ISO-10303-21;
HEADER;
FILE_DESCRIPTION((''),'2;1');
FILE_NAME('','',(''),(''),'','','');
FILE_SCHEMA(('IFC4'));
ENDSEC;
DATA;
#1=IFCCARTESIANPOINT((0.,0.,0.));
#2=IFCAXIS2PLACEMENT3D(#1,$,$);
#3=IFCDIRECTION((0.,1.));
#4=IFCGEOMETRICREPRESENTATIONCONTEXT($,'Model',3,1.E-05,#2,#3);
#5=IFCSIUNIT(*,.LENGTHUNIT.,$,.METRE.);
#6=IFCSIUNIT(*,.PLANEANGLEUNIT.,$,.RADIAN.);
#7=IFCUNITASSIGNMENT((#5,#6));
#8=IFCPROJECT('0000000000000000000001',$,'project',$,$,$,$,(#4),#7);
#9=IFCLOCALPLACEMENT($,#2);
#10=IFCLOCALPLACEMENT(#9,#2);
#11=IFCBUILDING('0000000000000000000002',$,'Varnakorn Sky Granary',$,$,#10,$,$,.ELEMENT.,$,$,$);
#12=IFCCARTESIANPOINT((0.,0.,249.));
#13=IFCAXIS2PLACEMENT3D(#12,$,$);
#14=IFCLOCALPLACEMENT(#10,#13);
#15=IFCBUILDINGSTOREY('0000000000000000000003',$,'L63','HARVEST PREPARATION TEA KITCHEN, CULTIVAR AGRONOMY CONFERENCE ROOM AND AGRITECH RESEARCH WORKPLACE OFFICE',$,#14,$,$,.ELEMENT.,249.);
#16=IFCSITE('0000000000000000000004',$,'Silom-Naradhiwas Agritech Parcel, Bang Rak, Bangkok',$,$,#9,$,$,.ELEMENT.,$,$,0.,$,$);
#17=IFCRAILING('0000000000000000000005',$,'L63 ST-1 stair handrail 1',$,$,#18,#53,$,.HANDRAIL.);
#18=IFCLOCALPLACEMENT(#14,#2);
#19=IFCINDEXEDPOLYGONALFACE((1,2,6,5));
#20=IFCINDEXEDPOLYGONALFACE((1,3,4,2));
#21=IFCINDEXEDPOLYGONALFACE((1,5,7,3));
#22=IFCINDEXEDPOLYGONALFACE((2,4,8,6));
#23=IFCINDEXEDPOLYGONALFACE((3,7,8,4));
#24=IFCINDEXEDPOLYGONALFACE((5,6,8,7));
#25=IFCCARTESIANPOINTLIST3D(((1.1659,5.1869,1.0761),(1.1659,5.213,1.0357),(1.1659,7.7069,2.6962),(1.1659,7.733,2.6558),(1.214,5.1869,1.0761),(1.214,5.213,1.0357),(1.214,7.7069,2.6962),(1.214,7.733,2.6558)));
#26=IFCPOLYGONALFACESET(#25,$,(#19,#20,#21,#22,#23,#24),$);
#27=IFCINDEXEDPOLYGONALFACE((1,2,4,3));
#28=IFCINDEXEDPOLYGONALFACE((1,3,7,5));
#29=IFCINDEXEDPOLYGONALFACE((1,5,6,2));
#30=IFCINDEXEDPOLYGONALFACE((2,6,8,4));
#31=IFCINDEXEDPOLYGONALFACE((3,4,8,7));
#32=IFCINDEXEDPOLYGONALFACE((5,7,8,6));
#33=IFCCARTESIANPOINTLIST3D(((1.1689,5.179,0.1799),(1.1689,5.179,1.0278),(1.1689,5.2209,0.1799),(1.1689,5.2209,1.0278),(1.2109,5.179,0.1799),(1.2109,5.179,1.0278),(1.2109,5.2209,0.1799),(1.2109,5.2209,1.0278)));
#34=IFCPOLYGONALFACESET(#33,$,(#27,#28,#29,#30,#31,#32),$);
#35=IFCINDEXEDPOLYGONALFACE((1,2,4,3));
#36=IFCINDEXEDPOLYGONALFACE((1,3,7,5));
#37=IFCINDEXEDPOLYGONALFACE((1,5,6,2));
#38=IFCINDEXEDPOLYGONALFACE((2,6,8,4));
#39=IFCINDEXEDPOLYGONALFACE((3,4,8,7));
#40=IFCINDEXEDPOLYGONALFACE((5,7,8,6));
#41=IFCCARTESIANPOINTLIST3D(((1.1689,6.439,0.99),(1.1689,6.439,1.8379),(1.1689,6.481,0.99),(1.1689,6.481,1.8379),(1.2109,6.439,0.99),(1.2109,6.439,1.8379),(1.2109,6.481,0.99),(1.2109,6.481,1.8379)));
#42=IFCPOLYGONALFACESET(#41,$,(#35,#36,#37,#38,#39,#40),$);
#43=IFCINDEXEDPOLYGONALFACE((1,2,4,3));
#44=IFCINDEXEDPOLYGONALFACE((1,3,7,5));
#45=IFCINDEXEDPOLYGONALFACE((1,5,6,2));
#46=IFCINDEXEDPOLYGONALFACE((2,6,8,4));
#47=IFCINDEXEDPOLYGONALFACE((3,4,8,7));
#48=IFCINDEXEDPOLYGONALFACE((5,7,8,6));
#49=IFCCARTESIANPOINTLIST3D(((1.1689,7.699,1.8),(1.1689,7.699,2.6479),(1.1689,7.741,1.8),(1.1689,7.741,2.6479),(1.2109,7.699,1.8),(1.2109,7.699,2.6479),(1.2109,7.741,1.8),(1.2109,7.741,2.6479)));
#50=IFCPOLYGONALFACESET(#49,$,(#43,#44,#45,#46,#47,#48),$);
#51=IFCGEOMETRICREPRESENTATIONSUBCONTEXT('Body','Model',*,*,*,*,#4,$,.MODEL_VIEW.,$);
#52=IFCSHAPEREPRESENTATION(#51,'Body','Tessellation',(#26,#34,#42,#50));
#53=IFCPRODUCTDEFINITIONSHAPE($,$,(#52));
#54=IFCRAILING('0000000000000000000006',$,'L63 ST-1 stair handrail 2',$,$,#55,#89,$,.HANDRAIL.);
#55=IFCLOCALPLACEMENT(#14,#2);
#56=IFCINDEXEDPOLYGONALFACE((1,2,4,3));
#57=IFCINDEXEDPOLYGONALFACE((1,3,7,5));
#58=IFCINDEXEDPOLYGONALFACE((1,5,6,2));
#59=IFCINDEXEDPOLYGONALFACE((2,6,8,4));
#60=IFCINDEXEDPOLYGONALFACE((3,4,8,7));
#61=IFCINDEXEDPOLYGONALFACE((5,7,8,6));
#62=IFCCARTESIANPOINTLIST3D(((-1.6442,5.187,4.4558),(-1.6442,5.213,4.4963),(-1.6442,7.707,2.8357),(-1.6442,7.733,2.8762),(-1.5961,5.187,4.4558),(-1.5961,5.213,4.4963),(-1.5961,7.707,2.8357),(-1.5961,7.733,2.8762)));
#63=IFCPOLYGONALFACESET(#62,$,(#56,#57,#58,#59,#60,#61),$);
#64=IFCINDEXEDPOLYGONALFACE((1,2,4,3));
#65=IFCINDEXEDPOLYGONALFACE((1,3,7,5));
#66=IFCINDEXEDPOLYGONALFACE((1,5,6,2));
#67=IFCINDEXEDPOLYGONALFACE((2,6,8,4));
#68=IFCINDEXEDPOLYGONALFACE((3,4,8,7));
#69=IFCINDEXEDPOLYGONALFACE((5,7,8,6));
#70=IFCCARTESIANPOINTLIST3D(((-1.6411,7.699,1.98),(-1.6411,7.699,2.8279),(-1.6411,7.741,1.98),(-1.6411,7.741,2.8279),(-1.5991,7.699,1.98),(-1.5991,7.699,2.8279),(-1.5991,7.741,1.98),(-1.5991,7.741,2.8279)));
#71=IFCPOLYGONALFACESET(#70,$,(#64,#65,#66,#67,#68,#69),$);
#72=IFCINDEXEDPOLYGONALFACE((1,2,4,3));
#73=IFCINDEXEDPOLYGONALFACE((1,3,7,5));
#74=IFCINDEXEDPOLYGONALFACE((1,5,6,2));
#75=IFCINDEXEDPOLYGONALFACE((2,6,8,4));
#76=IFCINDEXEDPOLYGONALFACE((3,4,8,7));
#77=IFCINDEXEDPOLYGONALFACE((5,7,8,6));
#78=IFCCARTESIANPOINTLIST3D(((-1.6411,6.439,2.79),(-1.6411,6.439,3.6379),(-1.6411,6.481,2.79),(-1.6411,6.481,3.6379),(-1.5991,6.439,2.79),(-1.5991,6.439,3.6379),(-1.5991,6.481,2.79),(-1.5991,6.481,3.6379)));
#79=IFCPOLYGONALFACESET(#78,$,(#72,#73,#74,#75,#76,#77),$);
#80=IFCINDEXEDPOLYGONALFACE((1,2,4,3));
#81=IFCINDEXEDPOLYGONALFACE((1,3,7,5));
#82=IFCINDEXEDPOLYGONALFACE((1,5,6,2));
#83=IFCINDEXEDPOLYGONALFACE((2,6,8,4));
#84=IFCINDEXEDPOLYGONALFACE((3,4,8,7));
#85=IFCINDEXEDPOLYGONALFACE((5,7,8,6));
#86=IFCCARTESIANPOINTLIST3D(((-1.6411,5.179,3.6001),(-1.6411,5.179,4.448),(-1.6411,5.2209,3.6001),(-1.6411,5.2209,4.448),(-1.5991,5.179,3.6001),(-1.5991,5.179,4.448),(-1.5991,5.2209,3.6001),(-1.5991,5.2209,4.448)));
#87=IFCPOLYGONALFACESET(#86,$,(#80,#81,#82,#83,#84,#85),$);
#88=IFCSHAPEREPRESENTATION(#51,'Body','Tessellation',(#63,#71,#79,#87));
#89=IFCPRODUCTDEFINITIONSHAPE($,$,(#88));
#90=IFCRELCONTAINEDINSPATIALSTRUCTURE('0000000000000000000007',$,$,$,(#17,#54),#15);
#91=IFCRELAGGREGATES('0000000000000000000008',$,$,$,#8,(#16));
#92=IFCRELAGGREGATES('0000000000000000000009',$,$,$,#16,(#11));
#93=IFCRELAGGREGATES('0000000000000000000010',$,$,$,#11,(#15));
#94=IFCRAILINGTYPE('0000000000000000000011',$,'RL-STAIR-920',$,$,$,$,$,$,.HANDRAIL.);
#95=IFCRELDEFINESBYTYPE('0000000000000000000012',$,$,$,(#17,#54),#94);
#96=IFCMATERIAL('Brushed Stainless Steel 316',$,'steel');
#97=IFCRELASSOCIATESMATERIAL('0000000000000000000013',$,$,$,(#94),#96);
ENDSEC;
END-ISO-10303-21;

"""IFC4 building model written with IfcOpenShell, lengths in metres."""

from ifc_helpers import new_model, si_unit, direction, frame, origin, origin_2d, place, context, subcontext, project, spatial, rectangle, extrude, material, type_object, element, save


model = new_model("IFC4")

# Units and contexts
model_context = context("Model", 3, precision=1e-05, world=origin(), true_north=direction((0.0, 1.0)))
body_context = subcontext(model_context, "Body", "Model", "MODEL_VIEW")
ifc_project = project(units=[si_unit("LENGTHUNIT", "METRE"), si_unit("PLANEANGLEUNIT", "RADIAN")], contexts=[model_context])

# Site, building, storey
site_placement = place(None, origin())
site = spatial("IfcSite", under=ifc_project, at=site_placement, Name="Silom-Naradhiwas Agritech Parcel, Bang Rak, Bangkok", CompositionType="ELEMENT", RefElevation=0.0)
building_placement = place(site_placement, origin())
building = spatial("IfcBuilding", under=site, at=building_placement, Name="Varnakorn Sky Granary", CompositionType="ELEMENT")
storey_placement = place(building_placement, frame((0.0, 0.0, 249.0)))
storey = spatial("IfcBuildingStorey", under=building, at=storey_placement, Name="L63", Description="HARVEST PREPARATION TEA KITCHEN, CULTIVAR AGRONOMY CONFERENCE ROOM AND AGRITECH RESEARCH WORKPLACE OFFICE", CompositionType="ELEMENT", Elevation=249.0)

# Railings
ifc_material_1 = material(Name="Brushed Stainless Steel 316", Category="steel")
railing_type_1 = type_object("IfcRailingType", Name="RL-STAIR-920", PredefinedType="HANDRAIL", material=ifc_material_1)
railing_1_placement = place(storey_placement, frame((1.1899, 5.2, 0.1799)))
element("IfcRailing", 1, at=railing_1_placement, inside=storey, type_object=railing_type_1, Name="L63 ST-1 stair handrail 1", PredefinedType="HANDRAIL", context=body_context, shape_type="SweptSolid", body=[
    extrude(rectangle(XDim=0.0481, YDim=0.0481, at=origin_2d()), frame((0.0, 0.0, 0.876), z_axis=(0.0, 0.841163, 0.540782), x_axis=(-1.0, 0.0, 0.0)), (0.0, 0.0, 1.0), 2.9958),
    extrude(rectangle(XDim=0.042, YDim=0.042, at=origin_2d()), origin(), (0.0, 0.0, 1.0), 0.8479),
    extrude(rectangle(XDim=0.042, YDim=0.042, at=origin_2d()), frame((0.0, 1.26, 0.8101)), (0.0, 0.0, 1.0), 0.8479),
    extrude(rectangle(XDim=0.042, YDim=0.042, at=origin_2d()), frame((0.0, 2.52, 1.6201)), (0.0, 0.0, 1.0), 0.8479),
])
railing_2_placement = place(storey_placement, frame((-1.6201, 7.72, 1.98)))
element("IfcRailing", 2, at=railing_2_placement, inside=storey, type_object=railing_type_1, Name="L63 ST-1 stair handrail 2", PredefinedType="HANDRAIL", context=body_context, shape_type="SweptSolid", body=[
    extrude(rectangle(XDim=0.0481, YDim=0.0481, at=origin_2d()), frame((0.0, 0.0, 0.876), z_axis=(0.0, -0.841163, 0.540782), x_axis=(1.0, 0.0, 0.0)), (0.0, 0.0, 1.0), 2.9958),
    extrude(rectangle(XDim=0.042, YDim=0.042, at=origin_2d()), origin(), (0.0, 0.0, 1.0), 0.8479),
    extrude(rectangle(XDim=0.042, YDim=0.042, at=origin_2d()), frame((0.0, -1.26, 0.8101)), (0.0, 0.0, 1.0), 0.8479),
    extrude(rectangle(XDim=0.042, YDim=0.042, at=origin_2d()), frame((0.0, -2.52, 1.6201)), (0.0, 0.0, 1.0), 0.8479),
])

save(model, "model.ifc")
